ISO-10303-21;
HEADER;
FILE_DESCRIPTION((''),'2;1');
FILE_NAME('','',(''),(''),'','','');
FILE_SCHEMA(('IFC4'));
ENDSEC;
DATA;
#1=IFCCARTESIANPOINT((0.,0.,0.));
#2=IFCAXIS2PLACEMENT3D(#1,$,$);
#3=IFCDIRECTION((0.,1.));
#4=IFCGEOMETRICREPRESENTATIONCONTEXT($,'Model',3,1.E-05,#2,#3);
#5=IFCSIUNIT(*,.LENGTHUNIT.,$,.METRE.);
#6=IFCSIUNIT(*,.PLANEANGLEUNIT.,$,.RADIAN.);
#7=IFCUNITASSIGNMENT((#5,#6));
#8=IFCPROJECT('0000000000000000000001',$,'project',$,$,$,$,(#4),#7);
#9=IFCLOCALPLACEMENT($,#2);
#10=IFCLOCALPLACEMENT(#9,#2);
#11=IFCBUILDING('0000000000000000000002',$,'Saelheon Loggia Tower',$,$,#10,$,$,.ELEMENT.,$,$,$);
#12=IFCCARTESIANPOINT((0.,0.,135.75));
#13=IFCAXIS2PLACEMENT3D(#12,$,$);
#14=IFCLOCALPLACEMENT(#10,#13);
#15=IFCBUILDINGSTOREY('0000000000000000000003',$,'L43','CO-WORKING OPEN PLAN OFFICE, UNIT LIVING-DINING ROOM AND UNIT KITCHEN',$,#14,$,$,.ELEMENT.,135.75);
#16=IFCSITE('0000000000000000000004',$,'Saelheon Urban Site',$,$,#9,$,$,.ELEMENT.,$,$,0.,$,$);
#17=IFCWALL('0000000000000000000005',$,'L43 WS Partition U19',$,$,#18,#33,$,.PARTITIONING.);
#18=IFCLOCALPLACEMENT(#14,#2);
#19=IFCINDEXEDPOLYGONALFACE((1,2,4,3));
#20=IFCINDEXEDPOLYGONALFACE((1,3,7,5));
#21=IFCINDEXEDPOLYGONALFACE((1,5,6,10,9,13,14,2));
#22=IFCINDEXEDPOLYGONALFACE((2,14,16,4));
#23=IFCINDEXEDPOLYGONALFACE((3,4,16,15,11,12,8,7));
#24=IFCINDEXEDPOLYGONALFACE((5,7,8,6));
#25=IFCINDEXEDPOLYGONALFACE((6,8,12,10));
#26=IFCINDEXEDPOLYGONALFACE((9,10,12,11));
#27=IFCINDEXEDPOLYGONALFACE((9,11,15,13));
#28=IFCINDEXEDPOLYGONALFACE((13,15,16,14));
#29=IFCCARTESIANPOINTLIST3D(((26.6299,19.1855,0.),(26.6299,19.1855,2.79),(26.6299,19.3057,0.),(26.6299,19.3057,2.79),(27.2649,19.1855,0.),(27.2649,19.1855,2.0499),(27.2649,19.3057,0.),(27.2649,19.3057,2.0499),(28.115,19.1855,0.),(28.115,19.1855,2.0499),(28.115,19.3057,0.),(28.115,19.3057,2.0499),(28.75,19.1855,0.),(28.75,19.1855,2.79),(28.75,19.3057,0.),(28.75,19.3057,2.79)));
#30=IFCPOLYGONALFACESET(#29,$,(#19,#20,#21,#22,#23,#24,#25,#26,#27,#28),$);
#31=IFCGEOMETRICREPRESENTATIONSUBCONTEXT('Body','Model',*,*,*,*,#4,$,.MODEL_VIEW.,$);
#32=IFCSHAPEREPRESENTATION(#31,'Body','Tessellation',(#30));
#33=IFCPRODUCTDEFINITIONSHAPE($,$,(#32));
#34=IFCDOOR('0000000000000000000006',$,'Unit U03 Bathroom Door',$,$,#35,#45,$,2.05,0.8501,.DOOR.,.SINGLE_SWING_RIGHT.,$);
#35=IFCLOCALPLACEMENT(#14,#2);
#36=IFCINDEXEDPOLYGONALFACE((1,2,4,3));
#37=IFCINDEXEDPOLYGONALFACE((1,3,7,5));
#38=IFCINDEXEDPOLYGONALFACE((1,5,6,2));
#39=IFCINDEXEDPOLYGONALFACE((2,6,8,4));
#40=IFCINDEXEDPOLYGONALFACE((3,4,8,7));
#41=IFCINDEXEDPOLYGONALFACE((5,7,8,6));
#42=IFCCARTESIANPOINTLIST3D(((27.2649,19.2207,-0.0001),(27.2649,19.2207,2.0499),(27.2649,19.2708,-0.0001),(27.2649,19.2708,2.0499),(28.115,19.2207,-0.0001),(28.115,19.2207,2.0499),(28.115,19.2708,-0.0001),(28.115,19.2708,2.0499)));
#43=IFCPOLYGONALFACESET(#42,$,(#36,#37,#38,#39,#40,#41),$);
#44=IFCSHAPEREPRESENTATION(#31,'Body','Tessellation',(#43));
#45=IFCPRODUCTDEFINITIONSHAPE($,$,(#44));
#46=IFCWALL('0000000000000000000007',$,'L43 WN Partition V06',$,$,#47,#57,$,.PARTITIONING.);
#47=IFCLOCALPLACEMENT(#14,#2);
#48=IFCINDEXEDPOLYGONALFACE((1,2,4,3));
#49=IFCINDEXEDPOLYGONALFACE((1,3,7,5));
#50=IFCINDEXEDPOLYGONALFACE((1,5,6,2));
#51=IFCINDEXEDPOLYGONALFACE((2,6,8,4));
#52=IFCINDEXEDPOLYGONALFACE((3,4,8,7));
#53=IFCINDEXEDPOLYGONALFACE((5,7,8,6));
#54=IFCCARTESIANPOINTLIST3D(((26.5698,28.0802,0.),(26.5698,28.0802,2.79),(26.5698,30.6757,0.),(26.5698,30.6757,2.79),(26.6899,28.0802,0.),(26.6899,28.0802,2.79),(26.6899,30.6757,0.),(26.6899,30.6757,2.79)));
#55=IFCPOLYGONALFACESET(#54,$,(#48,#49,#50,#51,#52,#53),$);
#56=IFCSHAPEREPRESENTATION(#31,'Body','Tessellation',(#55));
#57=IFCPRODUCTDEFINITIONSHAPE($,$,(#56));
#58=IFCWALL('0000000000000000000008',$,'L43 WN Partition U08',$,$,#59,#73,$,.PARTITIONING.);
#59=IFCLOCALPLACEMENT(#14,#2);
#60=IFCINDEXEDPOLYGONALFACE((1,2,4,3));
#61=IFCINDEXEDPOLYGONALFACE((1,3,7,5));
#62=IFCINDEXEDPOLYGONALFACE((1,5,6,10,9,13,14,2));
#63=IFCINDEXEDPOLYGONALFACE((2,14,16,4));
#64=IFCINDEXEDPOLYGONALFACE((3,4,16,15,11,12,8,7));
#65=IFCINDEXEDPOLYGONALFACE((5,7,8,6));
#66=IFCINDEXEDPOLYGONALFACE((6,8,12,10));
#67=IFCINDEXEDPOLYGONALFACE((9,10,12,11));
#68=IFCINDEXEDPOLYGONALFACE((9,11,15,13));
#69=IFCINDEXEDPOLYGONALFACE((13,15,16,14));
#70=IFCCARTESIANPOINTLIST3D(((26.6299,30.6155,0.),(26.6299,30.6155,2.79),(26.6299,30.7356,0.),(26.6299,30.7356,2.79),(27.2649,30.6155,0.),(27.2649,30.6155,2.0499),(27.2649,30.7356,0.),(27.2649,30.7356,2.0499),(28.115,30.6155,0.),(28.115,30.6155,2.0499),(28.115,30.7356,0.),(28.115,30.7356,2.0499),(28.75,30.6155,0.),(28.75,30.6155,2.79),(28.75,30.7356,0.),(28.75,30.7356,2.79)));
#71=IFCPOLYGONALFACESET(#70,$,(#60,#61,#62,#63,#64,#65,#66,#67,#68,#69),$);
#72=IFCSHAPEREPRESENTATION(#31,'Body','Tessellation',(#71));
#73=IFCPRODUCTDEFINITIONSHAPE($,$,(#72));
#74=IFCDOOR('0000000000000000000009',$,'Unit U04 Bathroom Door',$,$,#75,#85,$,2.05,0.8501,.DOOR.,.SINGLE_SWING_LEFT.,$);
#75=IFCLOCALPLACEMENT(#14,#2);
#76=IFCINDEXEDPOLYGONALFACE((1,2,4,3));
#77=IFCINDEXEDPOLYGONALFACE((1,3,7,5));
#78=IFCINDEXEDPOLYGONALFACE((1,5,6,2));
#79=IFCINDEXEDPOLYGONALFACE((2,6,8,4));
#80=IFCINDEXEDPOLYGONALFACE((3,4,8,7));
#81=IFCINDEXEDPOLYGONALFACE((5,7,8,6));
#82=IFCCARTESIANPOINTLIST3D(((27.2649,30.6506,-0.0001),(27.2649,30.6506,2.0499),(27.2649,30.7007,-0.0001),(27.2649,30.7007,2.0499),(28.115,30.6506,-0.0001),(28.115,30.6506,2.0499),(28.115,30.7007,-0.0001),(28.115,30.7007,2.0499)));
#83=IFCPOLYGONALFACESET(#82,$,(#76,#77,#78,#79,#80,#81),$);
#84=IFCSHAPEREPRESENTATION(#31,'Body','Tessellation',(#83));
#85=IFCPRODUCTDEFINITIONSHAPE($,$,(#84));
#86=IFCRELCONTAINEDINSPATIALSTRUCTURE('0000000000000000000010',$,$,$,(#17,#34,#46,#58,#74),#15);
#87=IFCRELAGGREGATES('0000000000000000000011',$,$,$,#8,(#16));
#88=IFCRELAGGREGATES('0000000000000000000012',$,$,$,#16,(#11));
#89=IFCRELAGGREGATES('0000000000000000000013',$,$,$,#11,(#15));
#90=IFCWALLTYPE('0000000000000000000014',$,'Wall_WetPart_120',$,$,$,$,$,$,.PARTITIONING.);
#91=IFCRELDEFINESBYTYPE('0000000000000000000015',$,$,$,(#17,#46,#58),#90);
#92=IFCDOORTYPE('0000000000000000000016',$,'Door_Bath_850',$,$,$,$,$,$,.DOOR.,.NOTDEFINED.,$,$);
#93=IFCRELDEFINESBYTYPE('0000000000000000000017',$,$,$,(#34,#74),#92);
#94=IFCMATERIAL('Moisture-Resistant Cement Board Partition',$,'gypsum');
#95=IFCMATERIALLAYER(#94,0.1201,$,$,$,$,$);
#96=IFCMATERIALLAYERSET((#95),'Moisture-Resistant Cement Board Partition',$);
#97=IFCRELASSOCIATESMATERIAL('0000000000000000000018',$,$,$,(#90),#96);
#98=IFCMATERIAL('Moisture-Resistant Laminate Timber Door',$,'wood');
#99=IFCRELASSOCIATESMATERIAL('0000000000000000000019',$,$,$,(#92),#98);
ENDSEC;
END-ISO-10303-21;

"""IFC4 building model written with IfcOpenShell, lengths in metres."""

from ifc_helpers import new_model, si_unit, direction, frame, frame_2d, origin, place, context, subcontext, project, spatial, rectangle, extrude, source, transform, mapped, material, layer, layer_set, type_object, element, fill, save


model = new_model("IFC4")

# Units and contexts
model_context = context("Model", 3, precision=1e-05, world=origin(), true_north=direction((0.0, 1.0)))
body_context = subcontext(model_context, "Body", "Model", "MODEL_VIEW")
ifc_project = project(units=[si_unit("LENGTHUNIT", "METRE"), si_unit("PLANEANGLEUNIT", "RADIAN")], contexts=[model_context])

# Site, building, storey
site_placement = place(None, origin())
site = spatial("IfcSite", under=ifc_project, at=site_placement, Name="Saelheon Urban Site", CompositionType="ELEMENT", RefElevation=0.0)
building_placement = place(site_placement, origin())
building = spatial("IfcBuilding", under=site, at=building_placement, Name="Saelheon Loggia Tower", CompositionType="ELEMENT")
storey_placement = place(building_placement, frame((0.0, 0.0, 135.75)))
storey = spatial("IfcBuildingStorey", under=building, at=storey_placement, Name="L43", Description="CO-WORKING OPEN PLAN OFFICE, UNIT LIVING-DINING ROOM AND UNIT KITCHEN", CompositionType="ELEMENT", Elevation=135.75)

# Wall, opening, door
ifc_material_1 = material(Name="Moisture-Resistant Cement Board Partition", Category="gypsum")
ifc_layer_1 = layer(ifc_material_1, 0.1201)
ifc_layer_set_1 = layer_set([ifc_layer_1], Name="Moisture-Resistant Cement Board Partition")
wall_type_1 = type_object("IfcWallType", Name="Wall_WetPart_120", PredefinedType="PARTITIONING", material=ifc_layer_set_1)
wall_1_placement = place(storey_placement, frame((28.75, 19.2456, 0.0), z_axis=(0.0, 0.0, 1.0), x_axis=(-1.0, 0.0, 0.0)))
wall_1 = element("IfcWall", 1, at=wall_1_placement, inside=storey, type_object=wall_type_1, Name="L43 WS Partition U19", PredefinedType="PARTITIONING", context=body_context, shape_type="SweptSolid", body=[
    extrude(rectangle(XDim=2.1201, YDim=0.1201, at=frame_2d((1.0601, 0.0))), origin(), (0.0, 0.0, 1.0), 2.79),
])
opening_1_placement = place(wall_1_placement, frame((0.635, 0.0, 0.0)))
opening_1 = element("IfcOpeningElement", 2, at=opening_1_placement, cuts=wall_1, PredefinedType="OPENING", context=body_context, shape_type="SweptSolid", body=[
    extrude(rectangle(XDim=0.8501, YDim=2.05, at=frame_2d((0.425, 1.0249))), frame((0.0, 0.072, 0.0), z_axis=(0.0, -1.0, 0.0), x_axis=(1.0, 0.0, 0.0)), (0.0, 0.0, 1.0), 0.144),
])
ifc_material_2 = material(Name="Moisture-Resistant Laminate Timber Door", Category="wood")
door_type_1 = type_object("IfcDoorType", Name="Door_Bath_850", OperationType="NOTDEFINED", PredefinedType="DOOR", material=ifc_material_2)
shared_shape_1 = source(origin(), body_context, "Body", "SweptSolid", [
    extrude(rectangle(XDim=0.8501, YDim=2.05, at=frame_2d((0.425, 1.0249))), frame((0.0, 0.0249, 0.0), z_axis=(0.0, -1.0, 0.0), x_axis=(1.0, 0.0, 0.0)), (0.0, 0.0, 1.0), 0.05),
])
door_1_placement = place(opening_1_placement, origin())
door_1 = element("IfcDoor", 3, at=door_1_placement, inside=storey, type_object=door_type_1, Name="Unit U03 Bathroom Door", OperationType="SINGLE_SWING_RIGHT", OverallHeight=2.05, OverallWidth=0.8501, PredefinedType="DOOR", context=body_context, shape_type="MappedRepresentation", body=[
    mapped(shared_shape_1, transform((0.0, 0.0, 0.0), scale=1.0)),
])
fill(opening_1, door_1)

# Wall
wall_2_placement = place(storey_placement, frame((26.6299, 28.0801, 0.0), z_axis=(0.0, 0.0, 1.0), x_axis=(0.0, 1.0, 0.0)))
element("IfcWall", 4, at=wall_2_placement, inside=storey, type_object=wall_type_1, Name="L43 WN Partition V06", PredefinedType="PARTITIONING", context=body_context, shape_type="SweptSolid", body=[
    extrude(rectangle(XDim=2.5955, YDim=0.1201, at=frame_2d((1.2979, 0.0))), origin(), (0.0, 0.0, 1.0), 2.79),
])

# Wall, opening, door
wall_3_placement = place(storey_placement, frame((28.75, 30.6755, 0.0), z_axis=(0.0, 0.0, 1.0), x_axis=(-1.0, 0.0, 0.0)))
wall_3 = element("IfcWall", 5, at=wall_3_placement, inside=storey, type_object=wall_type_1, Name="L43 WN Partition U08", PredefinedType="PARTITIONING", context=body_context, shape_type="SweptSolid", body=[
    extrude(rectangle(XDim=2.1201, YDim=0.1201, at=frame_2d((1.0601, 0.0))), origin(), (0.0, 0.0, 1.0), 2.79),
])
opening_2_placement = place(wall_3_placement, frame((0.635, 0.0, 0.0)))
opening_2 = element("IfcOpeningElement", 6, at=opening_2_placement, cuts=wall_3, PredefinedType="OPENING", context=body_context, shape_type="SweptSolid", body=[
    extrude(rectangle(XDim=0.8501, YDim=2.05, at=frame_2d((0.425, 1.0249))), frame((0.0, 0.072, 0.0), z_axis=(0.0, -1.0, 0.0), x_axis=(1.0, 0.0, 0.0)), (0.0, 0.0, 1.0), 0.144),
])
door_2_placement = place(opening_2_placement, origin())
door_2 = element("IfcDoor", 7, at=door_2_placement, inside=storey, type_object=door_type_1, Name="Unit U04 Bathroom Door", OperationType="SINGLE_SWING_LEFT", OverallHeight=2.05, OverallWidth=0.8501, PredefinedType="DOOR", context=body_context, shape_type="MappedRepresentation", body=[
    mapped(shared_shape_1, transform((0.0, 0.0, 0.0), scale=1.0)),
])
fill(opening_2, door_2)

save(model, "model.ifc")
